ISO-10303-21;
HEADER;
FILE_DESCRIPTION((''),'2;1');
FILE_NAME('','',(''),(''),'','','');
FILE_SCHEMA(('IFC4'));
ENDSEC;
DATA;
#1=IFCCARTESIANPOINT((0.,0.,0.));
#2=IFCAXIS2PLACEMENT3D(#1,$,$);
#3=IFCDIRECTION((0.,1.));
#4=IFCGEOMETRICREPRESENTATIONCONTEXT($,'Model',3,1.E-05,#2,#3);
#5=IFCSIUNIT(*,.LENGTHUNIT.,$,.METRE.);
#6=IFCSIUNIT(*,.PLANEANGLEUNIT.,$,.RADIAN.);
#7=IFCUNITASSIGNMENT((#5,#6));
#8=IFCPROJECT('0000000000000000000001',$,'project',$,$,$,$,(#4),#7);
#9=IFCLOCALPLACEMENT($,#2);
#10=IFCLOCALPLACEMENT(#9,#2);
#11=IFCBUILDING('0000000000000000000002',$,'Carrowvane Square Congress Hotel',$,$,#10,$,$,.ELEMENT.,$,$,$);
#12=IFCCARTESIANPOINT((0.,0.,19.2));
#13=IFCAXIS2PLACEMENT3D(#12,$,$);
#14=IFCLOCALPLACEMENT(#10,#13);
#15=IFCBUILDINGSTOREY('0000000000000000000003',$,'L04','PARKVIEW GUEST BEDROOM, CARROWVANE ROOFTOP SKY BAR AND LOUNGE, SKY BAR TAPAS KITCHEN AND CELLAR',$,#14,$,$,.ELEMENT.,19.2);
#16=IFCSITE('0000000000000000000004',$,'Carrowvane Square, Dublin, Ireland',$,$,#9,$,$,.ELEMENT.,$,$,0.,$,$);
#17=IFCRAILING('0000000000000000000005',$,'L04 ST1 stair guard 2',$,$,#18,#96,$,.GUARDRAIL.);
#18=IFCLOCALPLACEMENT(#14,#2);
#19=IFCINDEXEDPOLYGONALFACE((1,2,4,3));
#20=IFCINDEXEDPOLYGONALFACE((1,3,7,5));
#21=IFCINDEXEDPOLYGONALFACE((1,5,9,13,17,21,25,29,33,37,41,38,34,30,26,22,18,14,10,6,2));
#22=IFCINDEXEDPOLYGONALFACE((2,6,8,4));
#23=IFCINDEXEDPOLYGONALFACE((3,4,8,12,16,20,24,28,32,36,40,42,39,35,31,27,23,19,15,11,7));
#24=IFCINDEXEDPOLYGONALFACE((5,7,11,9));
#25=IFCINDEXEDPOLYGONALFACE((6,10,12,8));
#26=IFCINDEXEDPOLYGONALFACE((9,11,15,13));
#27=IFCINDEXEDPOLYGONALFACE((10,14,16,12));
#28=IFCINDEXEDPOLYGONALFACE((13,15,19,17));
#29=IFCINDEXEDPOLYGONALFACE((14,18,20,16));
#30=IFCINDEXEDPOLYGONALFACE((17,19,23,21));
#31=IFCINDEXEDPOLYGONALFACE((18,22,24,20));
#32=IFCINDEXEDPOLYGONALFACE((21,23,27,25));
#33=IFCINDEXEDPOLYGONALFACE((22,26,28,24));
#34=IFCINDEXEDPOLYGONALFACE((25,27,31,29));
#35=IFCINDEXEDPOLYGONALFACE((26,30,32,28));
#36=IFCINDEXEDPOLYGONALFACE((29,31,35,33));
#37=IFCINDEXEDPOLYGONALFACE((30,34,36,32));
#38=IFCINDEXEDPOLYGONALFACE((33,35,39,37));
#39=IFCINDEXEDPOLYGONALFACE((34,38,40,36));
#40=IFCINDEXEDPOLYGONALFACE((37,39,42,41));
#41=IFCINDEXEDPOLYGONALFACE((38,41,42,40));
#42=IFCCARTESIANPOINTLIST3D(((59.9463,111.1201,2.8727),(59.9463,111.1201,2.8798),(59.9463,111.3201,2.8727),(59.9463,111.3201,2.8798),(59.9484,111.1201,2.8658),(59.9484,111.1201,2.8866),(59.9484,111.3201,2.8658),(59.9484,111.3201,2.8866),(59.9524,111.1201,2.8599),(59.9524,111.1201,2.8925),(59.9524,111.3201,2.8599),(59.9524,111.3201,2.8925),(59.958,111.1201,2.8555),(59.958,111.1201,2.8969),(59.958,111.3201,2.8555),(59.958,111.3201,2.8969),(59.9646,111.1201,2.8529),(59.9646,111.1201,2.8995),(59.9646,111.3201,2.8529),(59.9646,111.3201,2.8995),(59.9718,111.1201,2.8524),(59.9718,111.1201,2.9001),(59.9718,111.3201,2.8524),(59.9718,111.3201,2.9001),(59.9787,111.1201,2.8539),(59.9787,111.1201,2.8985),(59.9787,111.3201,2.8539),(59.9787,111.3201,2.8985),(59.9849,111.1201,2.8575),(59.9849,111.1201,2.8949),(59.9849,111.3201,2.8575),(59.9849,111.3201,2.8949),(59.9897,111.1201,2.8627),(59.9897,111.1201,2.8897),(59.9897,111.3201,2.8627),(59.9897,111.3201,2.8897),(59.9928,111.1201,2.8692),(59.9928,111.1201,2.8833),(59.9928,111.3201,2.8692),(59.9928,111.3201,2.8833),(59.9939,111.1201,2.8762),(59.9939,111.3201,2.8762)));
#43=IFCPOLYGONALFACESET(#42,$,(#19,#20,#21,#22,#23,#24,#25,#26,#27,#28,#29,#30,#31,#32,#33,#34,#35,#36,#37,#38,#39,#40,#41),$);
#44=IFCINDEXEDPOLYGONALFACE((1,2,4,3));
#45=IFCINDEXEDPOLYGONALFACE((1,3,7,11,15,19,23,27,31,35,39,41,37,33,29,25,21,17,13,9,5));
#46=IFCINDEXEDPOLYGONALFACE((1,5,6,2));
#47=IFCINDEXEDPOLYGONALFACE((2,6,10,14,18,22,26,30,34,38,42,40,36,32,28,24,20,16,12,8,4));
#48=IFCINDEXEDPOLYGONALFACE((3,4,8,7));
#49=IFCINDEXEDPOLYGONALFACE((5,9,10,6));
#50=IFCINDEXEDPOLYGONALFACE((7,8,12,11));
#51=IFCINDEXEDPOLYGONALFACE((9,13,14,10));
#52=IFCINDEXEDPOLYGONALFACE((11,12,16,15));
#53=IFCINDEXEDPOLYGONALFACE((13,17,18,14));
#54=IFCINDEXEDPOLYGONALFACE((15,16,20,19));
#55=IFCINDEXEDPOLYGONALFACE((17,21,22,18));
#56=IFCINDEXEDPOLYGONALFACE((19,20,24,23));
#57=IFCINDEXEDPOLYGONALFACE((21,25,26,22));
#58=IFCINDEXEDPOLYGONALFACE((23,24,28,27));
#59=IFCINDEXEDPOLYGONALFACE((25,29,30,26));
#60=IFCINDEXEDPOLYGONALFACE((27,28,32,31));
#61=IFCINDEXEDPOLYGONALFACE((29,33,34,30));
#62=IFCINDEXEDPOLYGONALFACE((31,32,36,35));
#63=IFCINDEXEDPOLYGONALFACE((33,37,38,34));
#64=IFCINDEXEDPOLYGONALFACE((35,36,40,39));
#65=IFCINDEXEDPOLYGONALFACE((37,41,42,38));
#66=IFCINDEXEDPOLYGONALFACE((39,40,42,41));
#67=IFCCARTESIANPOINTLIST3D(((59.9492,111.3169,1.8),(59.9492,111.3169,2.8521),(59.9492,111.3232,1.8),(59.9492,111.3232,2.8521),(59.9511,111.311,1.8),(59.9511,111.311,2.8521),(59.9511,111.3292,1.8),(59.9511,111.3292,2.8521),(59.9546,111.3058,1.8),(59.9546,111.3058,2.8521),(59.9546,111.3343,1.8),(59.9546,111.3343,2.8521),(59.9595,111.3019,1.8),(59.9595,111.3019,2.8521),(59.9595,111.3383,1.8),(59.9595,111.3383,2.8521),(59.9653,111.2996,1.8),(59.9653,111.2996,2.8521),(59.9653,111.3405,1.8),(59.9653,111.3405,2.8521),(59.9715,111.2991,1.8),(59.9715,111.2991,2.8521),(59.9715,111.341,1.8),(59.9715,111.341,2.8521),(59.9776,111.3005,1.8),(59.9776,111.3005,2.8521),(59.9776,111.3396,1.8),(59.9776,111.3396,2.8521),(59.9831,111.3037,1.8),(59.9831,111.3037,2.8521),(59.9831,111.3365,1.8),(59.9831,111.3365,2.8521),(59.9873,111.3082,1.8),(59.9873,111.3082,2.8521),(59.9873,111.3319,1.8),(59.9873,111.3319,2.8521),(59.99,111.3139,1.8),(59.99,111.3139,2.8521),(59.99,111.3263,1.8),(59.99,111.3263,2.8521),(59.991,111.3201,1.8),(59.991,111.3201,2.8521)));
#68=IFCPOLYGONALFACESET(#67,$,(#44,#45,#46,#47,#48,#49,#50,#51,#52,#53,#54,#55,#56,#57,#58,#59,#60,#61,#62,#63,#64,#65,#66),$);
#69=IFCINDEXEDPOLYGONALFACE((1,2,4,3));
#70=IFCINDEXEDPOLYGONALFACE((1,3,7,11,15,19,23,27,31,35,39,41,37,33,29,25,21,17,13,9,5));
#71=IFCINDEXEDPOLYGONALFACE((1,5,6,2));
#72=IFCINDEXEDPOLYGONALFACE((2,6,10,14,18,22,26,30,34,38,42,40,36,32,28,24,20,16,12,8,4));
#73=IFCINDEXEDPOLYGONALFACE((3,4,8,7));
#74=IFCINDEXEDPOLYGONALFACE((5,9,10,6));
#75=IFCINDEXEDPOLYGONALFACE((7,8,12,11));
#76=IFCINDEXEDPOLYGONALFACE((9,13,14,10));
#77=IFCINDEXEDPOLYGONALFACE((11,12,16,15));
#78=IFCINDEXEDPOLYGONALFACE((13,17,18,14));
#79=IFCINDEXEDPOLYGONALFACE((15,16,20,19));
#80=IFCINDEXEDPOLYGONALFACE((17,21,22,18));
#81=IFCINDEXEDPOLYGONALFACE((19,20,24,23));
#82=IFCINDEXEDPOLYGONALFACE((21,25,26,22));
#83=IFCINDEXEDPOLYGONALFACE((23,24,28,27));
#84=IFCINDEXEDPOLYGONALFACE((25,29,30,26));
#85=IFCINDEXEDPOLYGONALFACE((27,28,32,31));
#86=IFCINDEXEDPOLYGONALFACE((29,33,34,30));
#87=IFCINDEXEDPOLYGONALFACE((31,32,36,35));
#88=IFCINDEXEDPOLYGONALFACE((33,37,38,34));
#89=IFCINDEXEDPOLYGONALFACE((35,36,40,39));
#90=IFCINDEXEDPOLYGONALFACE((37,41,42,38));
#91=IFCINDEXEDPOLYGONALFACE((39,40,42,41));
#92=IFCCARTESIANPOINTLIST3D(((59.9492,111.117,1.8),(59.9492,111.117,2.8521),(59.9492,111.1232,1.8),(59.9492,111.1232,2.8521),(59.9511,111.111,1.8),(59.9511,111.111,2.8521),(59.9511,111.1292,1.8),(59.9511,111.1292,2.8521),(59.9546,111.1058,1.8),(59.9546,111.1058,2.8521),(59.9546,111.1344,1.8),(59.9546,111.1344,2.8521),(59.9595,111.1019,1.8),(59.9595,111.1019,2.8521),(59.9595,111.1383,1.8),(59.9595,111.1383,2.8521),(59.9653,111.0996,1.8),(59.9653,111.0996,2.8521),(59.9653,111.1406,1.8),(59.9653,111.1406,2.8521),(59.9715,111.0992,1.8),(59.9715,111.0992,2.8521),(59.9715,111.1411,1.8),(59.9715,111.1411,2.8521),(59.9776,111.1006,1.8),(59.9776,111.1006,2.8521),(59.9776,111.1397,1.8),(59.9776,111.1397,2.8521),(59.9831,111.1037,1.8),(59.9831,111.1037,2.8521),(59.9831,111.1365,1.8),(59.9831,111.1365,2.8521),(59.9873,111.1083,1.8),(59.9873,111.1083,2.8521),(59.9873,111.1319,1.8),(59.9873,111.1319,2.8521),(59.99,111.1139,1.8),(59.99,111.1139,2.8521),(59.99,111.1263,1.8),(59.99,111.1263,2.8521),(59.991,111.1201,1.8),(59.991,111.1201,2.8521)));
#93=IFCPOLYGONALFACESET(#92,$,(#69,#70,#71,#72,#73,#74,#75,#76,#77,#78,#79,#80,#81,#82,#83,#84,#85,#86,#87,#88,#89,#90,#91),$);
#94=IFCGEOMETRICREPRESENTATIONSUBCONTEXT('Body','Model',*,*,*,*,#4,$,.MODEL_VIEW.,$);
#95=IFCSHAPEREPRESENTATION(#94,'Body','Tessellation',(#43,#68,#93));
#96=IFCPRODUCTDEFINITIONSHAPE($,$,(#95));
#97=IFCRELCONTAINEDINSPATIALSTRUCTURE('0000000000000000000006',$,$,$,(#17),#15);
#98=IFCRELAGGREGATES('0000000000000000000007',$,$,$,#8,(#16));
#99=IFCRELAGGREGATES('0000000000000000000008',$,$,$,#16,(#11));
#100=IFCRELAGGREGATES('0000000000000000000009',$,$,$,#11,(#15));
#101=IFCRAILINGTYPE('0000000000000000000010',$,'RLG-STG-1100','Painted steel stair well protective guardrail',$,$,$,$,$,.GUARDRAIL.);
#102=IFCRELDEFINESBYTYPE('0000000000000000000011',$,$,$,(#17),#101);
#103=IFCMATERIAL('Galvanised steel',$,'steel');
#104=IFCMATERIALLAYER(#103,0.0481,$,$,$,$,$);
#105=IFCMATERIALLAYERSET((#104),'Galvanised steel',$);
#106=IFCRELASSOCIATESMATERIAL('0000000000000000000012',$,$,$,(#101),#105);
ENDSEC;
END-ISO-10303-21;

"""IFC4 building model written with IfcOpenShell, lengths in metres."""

from ifc_helpers import new_model, si_unit, direction, frame, origin, origin_2d, place, context, subcontext, project, spatial, circle, extrude, material, layer, layer_set, type_object, element, save


model = new_model("IFC4")

# Units and contexts
model_context = context("Model", 3, precision=1e-05, world=origin(), true_north=direction((0.0, 1.0)))
body_context = subcontext(model_context, "Body", "Model", "MODEL_VIEW")
ifc_project = project(units=[si_unit("LENGTHUNIT", "METRE"), si_unit("PLANEANGLEUNIT", "RADIAN")], contexts=[model_context])

# Site, building, storey
site_placement = place(None, origin())
site = spatial("IfcSite", under=ifc_project, at=site_placement, Name="Carrowvane Square, Dublin, Ireland", CompositionType="ELEMENT", RefElevation=0.0)
building_placement = place(site_placement, origin())
building = spatial("IfcBuilding", under=site, at=building_placement, Name="Carrowvane Square Congress Hotel", CompositionType="ELEMENT")
storey_placement = place(building_placement, frame((0.0, 0.0, 19.2)))
storey = spatial("IfcBuildingStorey", under=building, at=storey_placement, Name="L04", Description="PARKVIEW GUEST BEDROOM, CARROWVANE ROOFTOP SKY BAR AND LOUNGE, SKY BAR TAPAS KITCHEN AND CELLAR", CompositionType="ELEMENT", Elevation=19.2)

# Railing
ifc_material_1 = material(Name="Galvanised steel", Category="steel")
ifc_layer_1 = layer(ifc_material_1, 0.0481)
ifc_layer_set_1 = layer_set([ifc_layer_1], Name="Galvanised steel")
railing_type_1 = type_object("IfcRailingType", Name="RLG-STG-1100", Description="Painted steel stair well protective guardrail", PredefinedType="GUARDRAIL", material=ifc_layer_set_1)
railing_1_placement = place(storey_placement, frame((59.97, 111.3201, 1.8)))
element("IfcRailing", 1, at=railing_1_placement, inside=storey, type_object=railing_type_1, Name="L04 ST1 stair guard 2", PredefinedType="GUARDRAIL", context=body_context, shape_type="SweptSolid", body=[
    extrude(circle(Radius=0.0239, at=origin_2d()), frame((0.0, 0.0, 1.0762), z_axis=(0.0, -1.0, 0.0), x_axis=(1.0, 0.0, 0.0)), (0.0, 0.0, 1.0), 0.2),
    extrude(circle(Radius=0.021, at=origin_2d()), origin(), (0.0, 0.0, 1.0), 1.052),
    extrude(circle(Radius=0.021, at=origin_2d()), frame((0.0, -0.2, 0.0)), (0.0, 0.0, 1.0), 1.052),
])

save(model, "model.ifc")
